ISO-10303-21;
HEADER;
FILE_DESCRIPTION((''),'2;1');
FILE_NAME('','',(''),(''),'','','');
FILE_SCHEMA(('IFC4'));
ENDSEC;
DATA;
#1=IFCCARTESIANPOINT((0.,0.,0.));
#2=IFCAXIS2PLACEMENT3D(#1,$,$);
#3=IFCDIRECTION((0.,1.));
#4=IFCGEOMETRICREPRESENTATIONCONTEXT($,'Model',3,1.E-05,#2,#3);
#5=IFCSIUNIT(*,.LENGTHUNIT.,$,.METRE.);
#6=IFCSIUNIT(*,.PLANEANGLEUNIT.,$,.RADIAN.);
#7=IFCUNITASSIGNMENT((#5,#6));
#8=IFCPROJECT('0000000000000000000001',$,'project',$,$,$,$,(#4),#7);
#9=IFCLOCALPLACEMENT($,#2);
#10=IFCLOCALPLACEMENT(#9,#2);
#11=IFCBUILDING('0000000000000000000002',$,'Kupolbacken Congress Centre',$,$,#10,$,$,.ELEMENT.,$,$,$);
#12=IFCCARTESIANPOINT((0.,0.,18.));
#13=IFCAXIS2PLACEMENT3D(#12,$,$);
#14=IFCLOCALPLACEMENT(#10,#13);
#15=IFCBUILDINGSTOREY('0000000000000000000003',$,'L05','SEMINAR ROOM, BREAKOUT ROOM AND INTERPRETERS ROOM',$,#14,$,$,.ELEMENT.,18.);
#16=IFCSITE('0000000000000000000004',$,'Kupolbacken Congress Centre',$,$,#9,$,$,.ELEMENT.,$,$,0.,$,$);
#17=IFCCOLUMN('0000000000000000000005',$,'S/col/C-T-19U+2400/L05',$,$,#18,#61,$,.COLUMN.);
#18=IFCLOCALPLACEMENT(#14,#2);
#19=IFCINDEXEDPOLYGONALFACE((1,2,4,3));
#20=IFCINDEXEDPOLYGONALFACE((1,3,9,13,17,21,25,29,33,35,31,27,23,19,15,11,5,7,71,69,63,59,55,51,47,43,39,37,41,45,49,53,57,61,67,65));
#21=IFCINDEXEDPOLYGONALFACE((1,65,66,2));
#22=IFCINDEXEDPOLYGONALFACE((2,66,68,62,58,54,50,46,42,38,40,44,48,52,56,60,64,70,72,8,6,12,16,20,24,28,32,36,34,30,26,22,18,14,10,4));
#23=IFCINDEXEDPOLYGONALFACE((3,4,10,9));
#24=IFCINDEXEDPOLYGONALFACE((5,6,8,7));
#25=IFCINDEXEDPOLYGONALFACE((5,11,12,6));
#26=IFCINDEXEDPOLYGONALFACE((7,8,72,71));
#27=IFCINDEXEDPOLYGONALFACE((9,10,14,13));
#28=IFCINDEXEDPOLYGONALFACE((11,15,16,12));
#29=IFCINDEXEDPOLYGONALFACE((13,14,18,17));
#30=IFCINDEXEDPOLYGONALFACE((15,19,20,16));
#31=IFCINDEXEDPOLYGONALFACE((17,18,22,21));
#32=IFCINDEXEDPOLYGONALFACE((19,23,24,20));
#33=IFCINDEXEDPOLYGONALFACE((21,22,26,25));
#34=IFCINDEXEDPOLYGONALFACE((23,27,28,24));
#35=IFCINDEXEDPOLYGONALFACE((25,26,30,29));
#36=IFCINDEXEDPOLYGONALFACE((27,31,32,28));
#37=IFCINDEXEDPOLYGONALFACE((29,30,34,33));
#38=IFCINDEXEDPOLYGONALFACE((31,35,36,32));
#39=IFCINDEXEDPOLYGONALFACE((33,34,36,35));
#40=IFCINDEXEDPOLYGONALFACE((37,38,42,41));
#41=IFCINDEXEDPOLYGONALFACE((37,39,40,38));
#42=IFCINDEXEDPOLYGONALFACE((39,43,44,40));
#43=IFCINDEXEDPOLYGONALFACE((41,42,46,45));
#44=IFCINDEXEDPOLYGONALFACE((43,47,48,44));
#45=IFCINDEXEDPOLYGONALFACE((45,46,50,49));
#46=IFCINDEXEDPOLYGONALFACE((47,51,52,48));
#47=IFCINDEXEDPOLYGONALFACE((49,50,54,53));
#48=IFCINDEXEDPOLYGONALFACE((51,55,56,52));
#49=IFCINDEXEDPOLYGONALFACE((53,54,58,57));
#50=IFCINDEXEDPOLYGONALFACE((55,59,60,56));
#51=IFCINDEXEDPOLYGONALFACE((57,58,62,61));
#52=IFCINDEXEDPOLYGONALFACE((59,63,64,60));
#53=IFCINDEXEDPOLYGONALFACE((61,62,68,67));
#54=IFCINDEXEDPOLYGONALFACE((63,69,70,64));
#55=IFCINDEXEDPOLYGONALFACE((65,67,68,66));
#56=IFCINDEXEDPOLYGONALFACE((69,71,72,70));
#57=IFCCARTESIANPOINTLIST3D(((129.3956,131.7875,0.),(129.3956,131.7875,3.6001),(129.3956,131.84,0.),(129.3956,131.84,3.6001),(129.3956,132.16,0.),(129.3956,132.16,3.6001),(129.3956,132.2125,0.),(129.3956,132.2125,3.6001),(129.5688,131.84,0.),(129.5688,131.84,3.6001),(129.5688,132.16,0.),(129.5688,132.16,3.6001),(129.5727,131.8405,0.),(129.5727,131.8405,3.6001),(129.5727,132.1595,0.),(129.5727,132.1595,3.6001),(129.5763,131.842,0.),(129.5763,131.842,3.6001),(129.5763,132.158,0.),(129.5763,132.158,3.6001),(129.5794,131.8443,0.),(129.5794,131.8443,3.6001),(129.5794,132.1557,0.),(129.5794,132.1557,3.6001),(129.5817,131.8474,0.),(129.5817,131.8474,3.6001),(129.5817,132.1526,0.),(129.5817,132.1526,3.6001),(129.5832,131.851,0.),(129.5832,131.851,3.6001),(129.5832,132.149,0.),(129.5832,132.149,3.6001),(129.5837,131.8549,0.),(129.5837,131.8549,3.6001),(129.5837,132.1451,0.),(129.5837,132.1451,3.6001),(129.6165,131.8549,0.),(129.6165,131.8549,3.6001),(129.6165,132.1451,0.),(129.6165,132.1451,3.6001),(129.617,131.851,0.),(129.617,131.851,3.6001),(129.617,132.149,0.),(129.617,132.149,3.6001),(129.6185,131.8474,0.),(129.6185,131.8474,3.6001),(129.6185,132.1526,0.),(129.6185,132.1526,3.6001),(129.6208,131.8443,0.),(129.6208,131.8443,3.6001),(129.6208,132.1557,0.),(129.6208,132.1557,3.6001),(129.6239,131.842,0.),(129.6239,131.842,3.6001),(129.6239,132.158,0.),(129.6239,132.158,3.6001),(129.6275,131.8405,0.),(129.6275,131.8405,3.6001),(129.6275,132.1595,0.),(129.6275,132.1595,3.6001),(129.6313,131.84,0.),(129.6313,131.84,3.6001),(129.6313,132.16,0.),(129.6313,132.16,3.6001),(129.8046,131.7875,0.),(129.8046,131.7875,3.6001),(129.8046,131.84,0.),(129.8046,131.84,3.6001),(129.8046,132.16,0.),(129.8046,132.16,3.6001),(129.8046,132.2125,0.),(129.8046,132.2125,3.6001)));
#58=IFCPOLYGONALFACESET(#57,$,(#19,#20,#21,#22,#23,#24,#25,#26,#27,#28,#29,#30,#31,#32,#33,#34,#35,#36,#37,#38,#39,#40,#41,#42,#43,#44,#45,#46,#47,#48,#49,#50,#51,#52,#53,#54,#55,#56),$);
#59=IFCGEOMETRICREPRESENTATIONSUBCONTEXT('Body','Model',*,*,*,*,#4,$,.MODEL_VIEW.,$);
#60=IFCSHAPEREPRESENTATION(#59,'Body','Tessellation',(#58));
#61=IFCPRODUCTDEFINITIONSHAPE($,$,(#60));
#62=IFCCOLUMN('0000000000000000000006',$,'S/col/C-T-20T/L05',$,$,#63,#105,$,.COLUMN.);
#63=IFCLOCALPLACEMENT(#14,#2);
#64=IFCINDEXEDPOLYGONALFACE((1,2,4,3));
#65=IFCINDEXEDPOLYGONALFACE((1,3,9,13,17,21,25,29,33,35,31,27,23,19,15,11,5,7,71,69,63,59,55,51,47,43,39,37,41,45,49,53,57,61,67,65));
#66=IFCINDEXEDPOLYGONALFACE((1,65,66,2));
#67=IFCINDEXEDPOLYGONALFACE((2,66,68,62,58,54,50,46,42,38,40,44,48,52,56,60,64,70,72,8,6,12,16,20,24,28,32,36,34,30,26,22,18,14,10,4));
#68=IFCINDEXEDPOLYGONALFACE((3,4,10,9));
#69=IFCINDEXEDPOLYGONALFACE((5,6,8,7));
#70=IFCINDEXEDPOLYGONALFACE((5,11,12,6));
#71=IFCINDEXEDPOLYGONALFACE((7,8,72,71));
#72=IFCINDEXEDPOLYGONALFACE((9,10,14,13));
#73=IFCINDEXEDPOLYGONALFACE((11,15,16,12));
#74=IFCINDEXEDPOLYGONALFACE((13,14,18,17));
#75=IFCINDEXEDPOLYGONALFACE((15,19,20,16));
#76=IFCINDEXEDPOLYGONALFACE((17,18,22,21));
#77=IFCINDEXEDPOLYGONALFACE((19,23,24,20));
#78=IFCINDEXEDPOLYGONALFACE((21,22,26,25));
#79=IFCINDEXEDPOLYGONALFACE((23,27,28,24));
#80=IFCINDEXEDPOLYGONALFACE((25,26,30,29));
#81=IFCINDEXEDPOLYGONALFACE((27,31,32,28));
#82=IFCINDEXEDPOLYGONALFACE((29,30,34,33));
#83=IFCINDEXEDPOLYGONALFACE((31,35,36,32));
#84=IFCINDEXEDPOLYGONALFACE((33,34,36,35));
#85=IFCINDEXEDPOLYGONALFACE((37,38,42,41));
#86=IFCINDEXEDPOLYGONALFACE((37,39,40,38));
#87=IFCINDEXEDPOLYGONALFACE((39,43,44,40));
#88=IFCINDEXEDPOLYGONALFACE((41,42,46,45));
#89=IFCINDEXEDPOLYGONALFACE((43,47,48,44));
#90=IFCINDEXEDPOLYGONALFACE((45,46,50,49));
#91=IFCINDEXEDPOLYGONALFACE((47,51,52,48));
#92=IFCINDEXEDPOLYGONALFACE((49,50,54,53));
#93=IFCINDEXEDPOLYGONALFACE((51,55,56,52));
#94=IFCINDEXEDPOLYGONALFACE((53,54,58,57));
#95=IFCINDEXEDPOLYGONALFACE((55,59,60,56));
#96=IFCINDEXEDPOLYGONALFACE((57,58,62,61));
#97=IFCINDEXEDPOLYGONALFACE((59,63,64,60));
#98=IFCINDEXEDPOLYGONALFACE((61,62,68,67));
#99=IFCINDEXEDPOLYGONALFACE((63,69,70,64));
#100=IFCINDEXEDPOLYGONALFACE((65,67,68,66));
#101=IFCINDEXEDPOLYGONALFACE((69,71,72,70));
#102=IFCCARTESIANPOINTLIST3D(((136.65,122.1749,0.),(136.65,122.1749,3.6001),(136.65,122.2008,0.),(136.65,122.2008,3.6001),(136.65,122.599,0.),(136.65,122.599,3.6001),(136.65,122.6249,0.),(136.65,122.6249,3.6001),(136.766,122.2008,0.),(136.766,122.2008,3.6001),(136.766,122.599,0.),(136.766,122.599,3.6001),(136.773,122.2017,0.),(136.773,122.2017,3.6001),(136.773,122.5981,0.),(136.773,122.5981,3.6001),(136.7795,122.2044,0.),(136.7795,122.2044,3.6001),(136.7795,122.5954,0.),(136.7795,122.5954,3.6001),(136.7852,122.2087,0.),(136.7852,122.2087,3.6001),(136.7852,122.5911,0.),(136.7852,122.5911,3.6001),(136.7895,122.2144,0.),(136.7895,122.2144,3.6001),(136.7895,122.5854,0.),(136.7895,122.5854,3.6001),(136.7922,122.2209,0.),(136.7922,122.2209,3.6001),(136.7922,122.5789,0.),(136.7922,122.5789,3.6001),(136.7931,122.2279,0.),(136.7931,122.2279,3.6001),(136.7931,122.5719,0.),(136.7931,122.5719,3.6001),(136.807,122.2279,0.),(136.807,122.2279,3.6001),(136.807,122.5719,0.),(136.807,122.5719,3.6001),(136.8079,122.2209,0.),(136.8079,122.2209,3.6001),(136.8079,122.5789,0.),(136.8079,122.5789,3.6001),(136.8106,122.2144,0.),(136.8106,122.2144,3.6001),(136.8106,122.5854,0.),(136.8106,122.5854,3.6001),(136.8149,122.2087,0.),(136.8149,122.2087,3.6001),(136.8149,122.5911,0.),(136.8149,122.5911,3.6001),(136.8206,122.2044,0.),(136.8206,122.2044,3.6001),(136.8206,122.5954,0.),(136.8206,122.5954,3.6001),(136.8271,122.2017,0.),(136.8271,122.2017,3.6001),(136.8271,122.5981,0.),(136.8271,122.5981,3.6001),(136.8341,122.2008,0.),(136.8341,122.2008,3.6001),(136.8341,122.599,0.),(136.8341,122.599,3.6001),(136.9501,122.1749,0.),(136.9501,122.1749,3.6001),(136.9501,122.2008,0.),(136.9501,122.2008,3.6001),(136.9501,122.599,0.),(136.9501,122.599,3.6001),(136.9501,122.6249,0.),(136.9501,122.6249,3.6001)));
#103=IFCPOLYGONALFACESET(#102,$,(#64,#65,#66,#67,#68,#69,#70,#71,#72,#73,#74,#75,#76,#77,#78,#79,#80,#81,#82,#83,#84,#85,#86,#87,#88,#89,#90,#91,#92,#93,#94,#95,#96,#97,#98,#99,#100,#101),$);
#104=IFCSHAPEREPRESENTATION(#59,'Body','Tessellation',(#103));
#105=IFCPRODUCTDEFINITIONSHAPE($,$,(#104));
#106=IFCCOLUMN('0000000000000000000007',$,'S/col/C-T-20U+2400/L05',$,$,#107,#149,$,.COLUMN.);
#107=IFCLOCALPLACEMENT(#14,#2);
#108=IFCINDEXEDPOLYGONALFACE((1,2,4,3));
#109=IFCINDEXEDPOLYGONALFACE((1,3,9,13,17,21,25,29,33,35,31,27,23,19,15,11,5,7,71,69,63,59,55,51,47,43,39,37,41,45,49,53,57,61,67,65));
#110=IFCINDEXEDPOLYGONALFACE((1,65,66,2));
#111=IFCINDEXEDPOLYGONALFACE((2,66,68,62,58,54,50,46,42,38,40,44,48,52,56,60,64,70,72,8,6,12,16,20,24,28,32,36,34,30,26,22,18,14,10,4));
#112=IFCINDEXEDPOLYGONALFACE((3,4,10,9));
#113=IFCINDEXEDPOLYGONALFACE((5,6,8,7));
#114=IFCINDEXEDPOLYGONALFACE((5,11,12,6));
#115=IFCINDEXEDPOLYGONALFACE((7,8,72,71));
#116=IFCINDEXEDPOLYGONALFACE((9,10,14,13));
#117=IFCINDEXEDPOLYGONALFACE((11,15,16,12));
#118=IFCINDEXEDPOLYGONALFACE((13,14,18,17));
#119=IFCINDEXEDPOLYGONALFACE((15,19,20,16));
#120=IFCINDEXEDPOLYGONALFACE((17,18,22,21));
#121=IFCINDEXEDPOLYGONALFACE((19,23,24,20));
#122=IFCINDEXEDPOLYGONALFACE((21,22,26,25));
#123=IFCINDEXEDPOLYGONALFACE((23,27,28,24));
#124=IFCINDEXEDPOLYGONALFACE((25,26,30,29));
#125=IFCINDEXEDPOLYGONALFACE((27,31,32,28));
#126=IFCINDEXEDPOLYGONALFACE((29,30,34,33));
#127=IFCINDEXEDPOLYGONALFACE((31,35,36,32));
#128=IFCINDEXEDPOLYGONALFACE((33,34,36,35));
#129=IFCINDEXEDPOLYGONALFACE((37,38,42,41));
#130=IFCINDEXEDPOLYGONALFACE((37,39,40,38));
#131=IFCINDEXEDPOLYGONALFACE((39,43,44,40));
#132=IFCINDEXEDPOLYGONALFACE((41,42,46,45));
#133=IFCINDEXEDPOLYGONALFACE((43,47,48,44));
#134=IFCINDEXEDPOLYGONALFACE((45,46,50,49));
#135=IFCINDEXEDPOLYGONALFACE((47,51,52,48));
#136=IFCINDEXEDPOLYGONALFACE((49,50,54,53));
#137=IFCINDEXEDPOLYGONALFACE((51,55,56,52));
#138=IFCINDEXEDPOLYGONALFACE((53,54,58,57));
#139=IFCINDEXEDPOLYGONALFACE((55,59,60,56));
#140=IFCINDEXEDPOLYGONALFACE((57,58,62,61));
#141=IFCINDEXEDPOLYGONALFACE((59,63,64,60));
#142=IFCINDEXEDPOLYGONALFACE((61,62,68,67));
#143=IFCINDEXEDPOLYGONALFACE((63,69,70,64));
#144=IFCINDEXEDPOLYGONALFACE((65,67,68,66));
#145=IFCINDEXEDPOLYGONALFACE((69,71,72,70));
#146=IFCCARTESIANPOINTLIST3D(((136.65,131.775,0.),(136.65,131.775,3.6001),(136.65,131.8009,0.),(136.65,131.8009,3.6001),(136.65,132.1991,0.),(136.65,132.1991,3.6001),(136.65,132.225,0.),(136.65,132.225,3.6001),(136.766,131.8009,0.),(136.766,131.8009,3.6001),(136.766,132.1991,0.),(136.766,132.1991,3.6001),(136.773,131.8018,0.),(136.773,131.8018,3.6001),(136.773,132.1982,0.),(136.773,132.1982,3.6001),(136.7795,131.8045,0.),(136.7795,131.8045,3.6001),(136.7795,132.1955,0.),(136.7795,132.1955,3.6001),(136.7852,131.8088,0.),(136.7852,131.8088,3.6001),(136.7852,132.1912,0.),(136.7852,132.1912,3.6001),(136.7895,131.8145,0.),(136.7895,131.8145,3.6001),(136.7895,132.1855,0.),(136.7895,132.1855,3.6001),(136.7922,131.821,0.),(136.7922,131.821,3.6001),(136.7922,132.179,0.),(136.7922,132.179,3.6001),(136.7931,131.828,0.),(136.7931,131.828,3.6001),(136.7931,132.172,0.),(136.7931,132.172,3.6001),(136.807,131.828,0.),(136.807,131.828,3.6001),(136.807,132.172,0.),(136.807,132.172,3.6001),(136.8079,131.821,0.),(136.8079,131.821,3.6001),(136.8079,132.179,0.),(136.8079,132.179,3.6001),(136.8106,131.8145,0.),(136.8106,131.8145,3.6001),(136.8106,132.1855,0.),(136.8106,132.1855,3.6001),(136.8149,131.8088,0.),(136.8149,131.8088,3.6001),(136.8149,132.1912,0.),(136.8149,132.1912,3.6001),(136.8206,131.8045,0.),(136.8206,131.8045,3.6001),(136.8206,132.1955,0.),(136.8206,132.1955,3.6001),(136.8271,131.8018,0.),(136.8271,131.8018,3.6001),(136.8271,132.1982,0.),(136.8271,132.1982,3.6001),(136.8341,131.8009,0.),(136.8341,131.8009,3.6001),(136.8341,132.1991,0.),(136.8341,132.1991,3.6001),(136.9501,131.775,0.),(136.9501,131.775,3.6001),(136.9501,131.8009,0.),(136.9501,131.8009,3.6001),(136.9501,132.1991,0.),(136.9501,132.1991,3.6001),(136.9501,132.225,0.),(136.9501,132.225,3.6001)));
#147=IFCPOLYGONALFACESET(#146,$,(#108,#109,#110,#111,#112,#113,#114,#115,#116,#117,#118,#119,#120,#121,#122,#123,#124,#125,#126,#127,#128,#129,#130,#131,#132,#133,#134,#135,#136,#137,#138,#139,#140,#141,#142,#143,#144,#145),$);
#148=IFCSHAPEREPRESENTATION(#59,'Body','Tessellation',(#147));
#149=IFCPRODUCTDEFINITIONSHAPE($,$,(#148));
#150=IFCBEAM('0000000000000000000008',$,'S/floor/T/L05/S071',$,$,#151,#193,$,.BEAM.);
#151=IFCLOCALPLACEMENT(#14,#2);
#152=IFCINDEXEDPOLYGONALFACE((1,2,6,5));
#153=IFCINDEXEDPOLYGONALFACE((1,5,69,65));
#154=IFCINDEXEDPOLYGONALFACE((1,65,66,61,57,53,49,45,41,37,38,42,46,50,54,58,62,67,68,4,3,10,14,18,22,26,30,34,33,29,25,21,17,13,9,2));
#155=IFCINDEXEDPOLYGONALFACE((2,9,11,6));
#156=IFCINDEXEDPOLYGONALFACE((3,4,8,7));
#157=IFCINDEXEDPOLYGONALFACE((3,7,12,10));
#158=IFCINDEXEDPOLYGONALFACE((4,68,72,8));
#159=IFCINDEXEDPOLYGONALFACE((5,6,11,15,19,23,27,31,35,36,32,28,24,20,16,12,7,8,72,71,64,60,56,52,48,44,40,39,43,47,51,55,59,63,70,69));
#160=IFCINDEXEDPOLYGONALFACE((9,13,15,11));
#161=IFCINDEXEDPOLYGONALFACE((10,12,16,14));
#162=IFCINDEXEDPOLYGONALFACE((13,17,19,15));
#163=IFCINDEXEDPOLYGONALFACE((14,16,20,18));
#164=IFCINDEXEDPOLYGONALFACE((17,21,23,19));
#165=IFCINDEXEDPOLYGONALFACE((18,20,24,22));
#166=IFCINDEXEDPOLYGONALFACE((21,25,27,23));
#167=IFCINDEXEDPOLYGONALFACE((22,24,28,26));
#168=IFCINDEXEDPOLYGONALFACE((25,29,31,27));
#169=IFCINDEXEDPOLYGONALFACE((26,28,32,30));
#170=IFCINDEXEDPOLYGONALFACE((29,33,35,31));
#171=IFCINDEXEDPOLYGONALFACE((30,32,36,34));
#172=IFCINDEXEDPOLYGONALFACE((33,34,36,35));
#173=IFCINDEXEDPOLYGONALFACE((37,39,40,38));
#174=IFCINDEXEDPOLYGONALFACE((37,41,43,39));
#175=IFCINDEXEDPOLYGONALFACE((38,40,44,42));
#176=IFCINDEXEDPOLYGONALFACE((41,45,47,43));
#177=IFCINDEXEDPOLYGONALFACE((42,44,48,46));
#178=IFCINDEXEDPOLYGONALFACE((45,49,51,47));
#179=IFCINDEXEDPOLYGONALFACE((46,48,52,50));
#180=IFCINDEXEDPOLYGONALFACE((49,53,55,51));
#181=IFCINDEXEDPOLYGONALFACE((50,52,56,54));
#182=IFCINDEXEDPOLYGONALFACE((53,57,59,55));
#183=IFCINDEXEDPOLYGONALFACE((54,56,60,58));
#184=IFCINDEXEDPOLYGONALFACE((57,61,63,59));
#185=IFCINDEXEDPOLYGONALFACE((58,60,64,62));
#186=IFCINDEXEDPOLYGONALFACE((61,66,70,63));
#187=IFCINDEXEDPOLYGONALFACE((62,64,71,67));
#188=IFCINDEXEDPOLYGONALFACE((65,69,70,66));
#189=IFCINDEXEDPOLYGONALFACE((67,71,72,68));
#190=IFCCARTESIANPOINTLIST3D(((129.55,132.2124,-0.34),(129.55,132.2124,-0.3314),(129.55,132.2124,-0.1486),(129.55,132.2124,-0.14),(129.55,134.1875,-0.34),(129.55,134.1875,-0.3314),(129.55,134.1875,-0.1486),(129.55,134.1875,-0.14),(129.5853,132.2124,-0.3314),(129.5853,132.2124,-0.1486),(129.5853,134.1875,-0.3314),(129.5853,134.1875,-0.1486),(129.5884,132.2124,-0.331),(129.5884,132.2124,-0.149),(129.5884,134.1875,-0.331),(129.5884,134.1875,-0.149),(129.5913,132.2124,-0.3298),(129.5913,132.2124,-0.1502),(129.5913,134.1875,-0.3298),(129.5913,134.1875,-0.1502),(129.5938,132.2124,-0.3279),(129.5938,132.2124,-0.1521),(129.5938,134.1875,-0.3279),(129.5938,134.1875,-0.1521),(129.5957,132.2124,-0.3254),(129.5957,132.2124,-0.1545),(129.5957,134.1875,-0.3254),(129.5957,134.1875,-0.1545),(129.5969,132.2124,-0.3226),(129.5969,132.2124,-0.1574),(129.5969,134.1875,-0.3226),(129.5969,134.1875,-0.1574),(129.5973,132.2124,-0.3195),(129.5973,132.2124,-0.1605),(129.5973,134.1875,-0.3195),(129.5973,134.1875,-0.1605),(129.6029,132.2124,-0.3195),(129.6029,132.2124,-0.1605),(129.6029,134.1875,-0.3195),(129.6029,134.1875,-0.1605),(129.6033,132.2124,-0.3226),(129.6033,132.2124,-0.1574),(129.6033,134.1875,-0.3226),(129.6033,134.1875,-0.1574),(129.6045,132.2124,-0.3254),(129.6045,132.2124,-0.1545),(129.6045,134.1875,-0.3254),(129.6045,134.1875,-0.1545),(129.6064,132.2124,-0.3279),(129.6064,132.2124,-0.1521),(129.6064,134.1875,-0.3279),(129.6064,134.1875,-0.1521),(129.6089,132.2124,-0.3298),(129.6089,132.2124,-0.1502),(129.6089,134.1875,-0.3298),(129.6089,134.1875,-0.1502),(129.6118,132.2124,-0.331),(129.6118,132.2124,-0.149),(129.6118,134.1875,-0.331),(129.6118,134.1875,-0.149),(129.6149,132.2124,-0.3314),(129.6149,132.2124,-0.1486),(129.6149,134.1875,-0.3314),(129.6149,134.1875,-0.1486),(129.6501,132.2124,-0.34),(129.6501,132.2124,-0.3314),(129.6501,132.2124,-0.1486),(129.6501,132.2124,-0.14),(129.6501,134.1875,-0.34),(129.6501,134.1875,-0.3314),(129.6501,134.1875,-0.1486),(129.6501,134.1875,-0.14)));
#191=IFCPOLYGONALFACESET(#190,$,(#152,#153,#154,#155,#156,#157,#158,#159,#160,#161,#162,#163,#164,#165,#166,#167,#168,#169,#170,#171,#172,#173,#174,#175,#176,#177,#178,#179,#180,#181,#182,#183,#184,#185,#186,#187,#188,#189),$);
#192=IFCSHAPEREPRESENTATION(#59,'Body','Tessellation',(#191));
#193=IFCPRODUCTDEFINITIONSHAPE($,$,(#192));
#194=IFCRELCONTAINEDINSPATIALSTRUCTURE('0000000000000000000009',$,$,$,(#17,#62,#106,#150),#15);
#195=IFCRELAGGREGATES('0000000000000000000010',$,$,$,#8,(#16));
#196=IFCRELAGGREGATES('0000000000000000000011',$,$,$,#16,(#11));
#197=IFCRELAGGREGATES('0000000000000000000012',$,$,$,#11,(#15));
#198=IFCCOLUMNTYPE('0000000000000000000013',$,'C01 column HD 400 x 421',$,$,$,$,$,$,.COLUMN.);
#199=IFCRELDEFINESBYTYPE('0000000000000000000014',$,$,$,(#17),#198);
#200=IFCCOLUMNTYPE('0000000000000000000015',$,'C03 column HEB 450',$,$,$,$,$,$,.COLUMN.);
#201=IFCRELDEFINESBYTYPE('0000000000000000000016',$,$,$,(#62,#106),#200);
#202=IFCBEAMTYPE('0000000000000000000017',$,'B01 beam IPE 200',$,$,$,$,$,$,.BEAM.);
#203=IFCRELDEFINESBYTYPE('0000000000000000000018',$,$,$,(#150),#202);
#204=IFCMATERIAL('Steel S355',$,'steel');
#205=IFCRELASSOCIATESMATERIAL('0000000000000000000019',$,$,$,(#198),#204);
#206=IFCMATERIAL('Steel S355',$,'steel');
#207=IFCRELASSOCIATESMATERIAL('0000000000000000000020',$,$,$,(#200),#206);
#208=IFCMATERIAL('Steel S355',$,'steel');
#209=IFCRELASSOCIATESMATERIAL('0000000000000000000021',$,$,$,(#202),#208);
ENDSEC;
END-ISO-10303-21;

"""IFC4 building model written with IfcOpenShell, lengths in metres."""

from ifc_helpers import new_model, si_unit, direction, frame, origin, origin_2d, place, context, subcontext, project, spatial, i_section, extrude, material, material_profile, profile_set, type_object, element, save


model = new_model("IFC4")

# Units and contexts
model_context = context("Model", 3, precision=1e-05, world=origin(), true_north=direction((0.0, 1.0)))
body_context = subcontext(model_context, "Body", "Model", "MODEL_VIEW")
ifc_project = project(units=[si_unit("LENGTHUNIT", "METRE"), si_unit("PLANEANGLEUNIT", "RADIAN")], contexts=[model_context])

# Site, building, storey
site_placement = place(None, origin())
site = spatial("IfcSite", under=ifc_project, at=site_placement, Name="Kupolbacken Congress Centre", CompositionType="ELEMENT", RefElevation=0.0)
building_placement = place(site_placement, origin())
building = spatial("IfcBuilding", under=site, at=building_placement, Name="Kupolbacken Congress Centre", CompositionType="ELEMENT")
storey_placement = place(building_placement, frame((0.0, 0.0, 18.0)))
storey = spatial("IfcBuildingStorey", under=building, at=storey_placement, Name="L05", Description="SEMINAR ROOM, BREAKOUT ROOM AND INTERPRETERS ROOM", CompositionType="ELEMENT", Elevation=18.0)

# Columns
ifc_material_1 = material(Name="Steel S355", Category="steel")
ifc_material_profile_1 = material_profile(ifc_material_1, i_section(OverallWidth=0.4089, OverallDepth=0.425, WebThickness=0.0327, FlangeThickness=0.0525, FilletRadius=0.0149, at=origin_2d()), Name="HD 400 x 421")
ifc_profile_set_1 = profile_set([ifc_material_profile_1], Name="Steel S355")
column_type_1 = type_object("IfcColumnType", Name="C01 column HD 400 x 421", PredefinedType="COLUMN", material=ifc_profile_set_1)
column_placement = place(storey_placement, frame((129.6001, 132.0, 0.0), z_axis=(0.0, 0.0, 1.0), x_axis=(1.0, 0.0, 0.0)))
element("IfcColumn", 1, at=column_placement, inside=storey, type_object=column_type_1, Name="S/col/C-T-19U+2400/L05", PredefinedType="COLUMN", context=body_context, shape_type="SweptSolid", body=[
    extrude(i_section(OverallWidth=0.4089, OverallDepth=0.425, WebThickness=0.0327, FlangeThickness=0.0525, FilletRadius=0.0149, at=origin_2d()), origin(), (0.0, 0.0, 1.0), 3.6001),
])
ifc_material_2 = material(Name="Steel S355", Category="steel")
ifc_material_profile_2 = material_profile(ifc_material_2, i_section(OverallWidth=0.3, OverallDepth=0.45, WebThickness=0.0139, FlangeThickness=0.0259, FilletRadius=0.0271, at=origin_2d()), Name="HEB 450")
ifc_profile_set_2 = profile_set([ifc_material_profile_2], Name="Steel S355")
column_type_2 = type_object("IfcColumnType", Name="C03 column HEB 450", PredefinedType="COLUMN", material=ifc_profile_set_2)
for number, where, z_axis, x_axis, name in (
    (2, (136.8, 122.3999, 0.0), (0.0, 0.0, 1.0), (1.0, 0.0, 0.0), "S/col/C-T-20T/L05"),
    (3, (136.8, 132.0, 0.0), (0.0, 0.0, 1.0), (1.0, 0.0, 0.0), "S/col/C-T-20U+2400/L05"),
):
    element("IfcColumn", number, at=place(storey_placement, frame(where, z_axis=z_axis, x_axis=x_axis)), inside=storey, type_object=column_type_2, Name=name, PredefinedType="COLUMN", context=body_context, shape_type="SweptSolid", body=[
        extrude(i_section(OverallWidth=0.3, OverallDepth=0.45, WebThickness=0.0139, FlangeThickness=0.0259, FilletRadius=0.0271, at=origin_2d()), origin(), (0.0, 0.0, 1.0), 3.6001),
    ])

# Beam
ifc_material_3 = material(Name="Steel S355", Category="steel")
ifc_material_profile_3 = material_profile(ifc_material_3, i_section(OverallWidth=0.1001, OverallDepth=0.2, WebThickness=0.0056, FlangeThickness=0.0085, FilletRadius=0.012, at=origin_2d()), Name="IPE 200")
ifc_profile_set_3 = profile_set([ifc_material_profile_3], Name="Steel S355")
beam_type_1 = type_object("IfcBeamType", Name="B01 beam IPE 200", PredefinedType="BEAM", material=ifc_profile_set_3)
beam_1_placement = place(storey_placement, frame((129.6001, 132.2124, -0.24), z_axis=(0.0, 1.0, 0.0), x_axis=(-1.0, 0.0, 0.0)))
element("IfcBeam", 4, at=beam_1_placement, inside=storey, type_object=beam_type_1, Name="S/floor/T/L05/S071", PredefinedType="BEAM", context=body_context, shape_type="SweptSolid", body=[
    extrude(i_section(OverallWidth=0.1001, OverallDepth=0.2, WebThickness=0.0056, FlangeThickness=0.0085, FilletRadius=0.012, at=origin_2d()), origin(), (0.0, 0.0, 1.0), 1.9751),
])

save(model, "model.ifc")
